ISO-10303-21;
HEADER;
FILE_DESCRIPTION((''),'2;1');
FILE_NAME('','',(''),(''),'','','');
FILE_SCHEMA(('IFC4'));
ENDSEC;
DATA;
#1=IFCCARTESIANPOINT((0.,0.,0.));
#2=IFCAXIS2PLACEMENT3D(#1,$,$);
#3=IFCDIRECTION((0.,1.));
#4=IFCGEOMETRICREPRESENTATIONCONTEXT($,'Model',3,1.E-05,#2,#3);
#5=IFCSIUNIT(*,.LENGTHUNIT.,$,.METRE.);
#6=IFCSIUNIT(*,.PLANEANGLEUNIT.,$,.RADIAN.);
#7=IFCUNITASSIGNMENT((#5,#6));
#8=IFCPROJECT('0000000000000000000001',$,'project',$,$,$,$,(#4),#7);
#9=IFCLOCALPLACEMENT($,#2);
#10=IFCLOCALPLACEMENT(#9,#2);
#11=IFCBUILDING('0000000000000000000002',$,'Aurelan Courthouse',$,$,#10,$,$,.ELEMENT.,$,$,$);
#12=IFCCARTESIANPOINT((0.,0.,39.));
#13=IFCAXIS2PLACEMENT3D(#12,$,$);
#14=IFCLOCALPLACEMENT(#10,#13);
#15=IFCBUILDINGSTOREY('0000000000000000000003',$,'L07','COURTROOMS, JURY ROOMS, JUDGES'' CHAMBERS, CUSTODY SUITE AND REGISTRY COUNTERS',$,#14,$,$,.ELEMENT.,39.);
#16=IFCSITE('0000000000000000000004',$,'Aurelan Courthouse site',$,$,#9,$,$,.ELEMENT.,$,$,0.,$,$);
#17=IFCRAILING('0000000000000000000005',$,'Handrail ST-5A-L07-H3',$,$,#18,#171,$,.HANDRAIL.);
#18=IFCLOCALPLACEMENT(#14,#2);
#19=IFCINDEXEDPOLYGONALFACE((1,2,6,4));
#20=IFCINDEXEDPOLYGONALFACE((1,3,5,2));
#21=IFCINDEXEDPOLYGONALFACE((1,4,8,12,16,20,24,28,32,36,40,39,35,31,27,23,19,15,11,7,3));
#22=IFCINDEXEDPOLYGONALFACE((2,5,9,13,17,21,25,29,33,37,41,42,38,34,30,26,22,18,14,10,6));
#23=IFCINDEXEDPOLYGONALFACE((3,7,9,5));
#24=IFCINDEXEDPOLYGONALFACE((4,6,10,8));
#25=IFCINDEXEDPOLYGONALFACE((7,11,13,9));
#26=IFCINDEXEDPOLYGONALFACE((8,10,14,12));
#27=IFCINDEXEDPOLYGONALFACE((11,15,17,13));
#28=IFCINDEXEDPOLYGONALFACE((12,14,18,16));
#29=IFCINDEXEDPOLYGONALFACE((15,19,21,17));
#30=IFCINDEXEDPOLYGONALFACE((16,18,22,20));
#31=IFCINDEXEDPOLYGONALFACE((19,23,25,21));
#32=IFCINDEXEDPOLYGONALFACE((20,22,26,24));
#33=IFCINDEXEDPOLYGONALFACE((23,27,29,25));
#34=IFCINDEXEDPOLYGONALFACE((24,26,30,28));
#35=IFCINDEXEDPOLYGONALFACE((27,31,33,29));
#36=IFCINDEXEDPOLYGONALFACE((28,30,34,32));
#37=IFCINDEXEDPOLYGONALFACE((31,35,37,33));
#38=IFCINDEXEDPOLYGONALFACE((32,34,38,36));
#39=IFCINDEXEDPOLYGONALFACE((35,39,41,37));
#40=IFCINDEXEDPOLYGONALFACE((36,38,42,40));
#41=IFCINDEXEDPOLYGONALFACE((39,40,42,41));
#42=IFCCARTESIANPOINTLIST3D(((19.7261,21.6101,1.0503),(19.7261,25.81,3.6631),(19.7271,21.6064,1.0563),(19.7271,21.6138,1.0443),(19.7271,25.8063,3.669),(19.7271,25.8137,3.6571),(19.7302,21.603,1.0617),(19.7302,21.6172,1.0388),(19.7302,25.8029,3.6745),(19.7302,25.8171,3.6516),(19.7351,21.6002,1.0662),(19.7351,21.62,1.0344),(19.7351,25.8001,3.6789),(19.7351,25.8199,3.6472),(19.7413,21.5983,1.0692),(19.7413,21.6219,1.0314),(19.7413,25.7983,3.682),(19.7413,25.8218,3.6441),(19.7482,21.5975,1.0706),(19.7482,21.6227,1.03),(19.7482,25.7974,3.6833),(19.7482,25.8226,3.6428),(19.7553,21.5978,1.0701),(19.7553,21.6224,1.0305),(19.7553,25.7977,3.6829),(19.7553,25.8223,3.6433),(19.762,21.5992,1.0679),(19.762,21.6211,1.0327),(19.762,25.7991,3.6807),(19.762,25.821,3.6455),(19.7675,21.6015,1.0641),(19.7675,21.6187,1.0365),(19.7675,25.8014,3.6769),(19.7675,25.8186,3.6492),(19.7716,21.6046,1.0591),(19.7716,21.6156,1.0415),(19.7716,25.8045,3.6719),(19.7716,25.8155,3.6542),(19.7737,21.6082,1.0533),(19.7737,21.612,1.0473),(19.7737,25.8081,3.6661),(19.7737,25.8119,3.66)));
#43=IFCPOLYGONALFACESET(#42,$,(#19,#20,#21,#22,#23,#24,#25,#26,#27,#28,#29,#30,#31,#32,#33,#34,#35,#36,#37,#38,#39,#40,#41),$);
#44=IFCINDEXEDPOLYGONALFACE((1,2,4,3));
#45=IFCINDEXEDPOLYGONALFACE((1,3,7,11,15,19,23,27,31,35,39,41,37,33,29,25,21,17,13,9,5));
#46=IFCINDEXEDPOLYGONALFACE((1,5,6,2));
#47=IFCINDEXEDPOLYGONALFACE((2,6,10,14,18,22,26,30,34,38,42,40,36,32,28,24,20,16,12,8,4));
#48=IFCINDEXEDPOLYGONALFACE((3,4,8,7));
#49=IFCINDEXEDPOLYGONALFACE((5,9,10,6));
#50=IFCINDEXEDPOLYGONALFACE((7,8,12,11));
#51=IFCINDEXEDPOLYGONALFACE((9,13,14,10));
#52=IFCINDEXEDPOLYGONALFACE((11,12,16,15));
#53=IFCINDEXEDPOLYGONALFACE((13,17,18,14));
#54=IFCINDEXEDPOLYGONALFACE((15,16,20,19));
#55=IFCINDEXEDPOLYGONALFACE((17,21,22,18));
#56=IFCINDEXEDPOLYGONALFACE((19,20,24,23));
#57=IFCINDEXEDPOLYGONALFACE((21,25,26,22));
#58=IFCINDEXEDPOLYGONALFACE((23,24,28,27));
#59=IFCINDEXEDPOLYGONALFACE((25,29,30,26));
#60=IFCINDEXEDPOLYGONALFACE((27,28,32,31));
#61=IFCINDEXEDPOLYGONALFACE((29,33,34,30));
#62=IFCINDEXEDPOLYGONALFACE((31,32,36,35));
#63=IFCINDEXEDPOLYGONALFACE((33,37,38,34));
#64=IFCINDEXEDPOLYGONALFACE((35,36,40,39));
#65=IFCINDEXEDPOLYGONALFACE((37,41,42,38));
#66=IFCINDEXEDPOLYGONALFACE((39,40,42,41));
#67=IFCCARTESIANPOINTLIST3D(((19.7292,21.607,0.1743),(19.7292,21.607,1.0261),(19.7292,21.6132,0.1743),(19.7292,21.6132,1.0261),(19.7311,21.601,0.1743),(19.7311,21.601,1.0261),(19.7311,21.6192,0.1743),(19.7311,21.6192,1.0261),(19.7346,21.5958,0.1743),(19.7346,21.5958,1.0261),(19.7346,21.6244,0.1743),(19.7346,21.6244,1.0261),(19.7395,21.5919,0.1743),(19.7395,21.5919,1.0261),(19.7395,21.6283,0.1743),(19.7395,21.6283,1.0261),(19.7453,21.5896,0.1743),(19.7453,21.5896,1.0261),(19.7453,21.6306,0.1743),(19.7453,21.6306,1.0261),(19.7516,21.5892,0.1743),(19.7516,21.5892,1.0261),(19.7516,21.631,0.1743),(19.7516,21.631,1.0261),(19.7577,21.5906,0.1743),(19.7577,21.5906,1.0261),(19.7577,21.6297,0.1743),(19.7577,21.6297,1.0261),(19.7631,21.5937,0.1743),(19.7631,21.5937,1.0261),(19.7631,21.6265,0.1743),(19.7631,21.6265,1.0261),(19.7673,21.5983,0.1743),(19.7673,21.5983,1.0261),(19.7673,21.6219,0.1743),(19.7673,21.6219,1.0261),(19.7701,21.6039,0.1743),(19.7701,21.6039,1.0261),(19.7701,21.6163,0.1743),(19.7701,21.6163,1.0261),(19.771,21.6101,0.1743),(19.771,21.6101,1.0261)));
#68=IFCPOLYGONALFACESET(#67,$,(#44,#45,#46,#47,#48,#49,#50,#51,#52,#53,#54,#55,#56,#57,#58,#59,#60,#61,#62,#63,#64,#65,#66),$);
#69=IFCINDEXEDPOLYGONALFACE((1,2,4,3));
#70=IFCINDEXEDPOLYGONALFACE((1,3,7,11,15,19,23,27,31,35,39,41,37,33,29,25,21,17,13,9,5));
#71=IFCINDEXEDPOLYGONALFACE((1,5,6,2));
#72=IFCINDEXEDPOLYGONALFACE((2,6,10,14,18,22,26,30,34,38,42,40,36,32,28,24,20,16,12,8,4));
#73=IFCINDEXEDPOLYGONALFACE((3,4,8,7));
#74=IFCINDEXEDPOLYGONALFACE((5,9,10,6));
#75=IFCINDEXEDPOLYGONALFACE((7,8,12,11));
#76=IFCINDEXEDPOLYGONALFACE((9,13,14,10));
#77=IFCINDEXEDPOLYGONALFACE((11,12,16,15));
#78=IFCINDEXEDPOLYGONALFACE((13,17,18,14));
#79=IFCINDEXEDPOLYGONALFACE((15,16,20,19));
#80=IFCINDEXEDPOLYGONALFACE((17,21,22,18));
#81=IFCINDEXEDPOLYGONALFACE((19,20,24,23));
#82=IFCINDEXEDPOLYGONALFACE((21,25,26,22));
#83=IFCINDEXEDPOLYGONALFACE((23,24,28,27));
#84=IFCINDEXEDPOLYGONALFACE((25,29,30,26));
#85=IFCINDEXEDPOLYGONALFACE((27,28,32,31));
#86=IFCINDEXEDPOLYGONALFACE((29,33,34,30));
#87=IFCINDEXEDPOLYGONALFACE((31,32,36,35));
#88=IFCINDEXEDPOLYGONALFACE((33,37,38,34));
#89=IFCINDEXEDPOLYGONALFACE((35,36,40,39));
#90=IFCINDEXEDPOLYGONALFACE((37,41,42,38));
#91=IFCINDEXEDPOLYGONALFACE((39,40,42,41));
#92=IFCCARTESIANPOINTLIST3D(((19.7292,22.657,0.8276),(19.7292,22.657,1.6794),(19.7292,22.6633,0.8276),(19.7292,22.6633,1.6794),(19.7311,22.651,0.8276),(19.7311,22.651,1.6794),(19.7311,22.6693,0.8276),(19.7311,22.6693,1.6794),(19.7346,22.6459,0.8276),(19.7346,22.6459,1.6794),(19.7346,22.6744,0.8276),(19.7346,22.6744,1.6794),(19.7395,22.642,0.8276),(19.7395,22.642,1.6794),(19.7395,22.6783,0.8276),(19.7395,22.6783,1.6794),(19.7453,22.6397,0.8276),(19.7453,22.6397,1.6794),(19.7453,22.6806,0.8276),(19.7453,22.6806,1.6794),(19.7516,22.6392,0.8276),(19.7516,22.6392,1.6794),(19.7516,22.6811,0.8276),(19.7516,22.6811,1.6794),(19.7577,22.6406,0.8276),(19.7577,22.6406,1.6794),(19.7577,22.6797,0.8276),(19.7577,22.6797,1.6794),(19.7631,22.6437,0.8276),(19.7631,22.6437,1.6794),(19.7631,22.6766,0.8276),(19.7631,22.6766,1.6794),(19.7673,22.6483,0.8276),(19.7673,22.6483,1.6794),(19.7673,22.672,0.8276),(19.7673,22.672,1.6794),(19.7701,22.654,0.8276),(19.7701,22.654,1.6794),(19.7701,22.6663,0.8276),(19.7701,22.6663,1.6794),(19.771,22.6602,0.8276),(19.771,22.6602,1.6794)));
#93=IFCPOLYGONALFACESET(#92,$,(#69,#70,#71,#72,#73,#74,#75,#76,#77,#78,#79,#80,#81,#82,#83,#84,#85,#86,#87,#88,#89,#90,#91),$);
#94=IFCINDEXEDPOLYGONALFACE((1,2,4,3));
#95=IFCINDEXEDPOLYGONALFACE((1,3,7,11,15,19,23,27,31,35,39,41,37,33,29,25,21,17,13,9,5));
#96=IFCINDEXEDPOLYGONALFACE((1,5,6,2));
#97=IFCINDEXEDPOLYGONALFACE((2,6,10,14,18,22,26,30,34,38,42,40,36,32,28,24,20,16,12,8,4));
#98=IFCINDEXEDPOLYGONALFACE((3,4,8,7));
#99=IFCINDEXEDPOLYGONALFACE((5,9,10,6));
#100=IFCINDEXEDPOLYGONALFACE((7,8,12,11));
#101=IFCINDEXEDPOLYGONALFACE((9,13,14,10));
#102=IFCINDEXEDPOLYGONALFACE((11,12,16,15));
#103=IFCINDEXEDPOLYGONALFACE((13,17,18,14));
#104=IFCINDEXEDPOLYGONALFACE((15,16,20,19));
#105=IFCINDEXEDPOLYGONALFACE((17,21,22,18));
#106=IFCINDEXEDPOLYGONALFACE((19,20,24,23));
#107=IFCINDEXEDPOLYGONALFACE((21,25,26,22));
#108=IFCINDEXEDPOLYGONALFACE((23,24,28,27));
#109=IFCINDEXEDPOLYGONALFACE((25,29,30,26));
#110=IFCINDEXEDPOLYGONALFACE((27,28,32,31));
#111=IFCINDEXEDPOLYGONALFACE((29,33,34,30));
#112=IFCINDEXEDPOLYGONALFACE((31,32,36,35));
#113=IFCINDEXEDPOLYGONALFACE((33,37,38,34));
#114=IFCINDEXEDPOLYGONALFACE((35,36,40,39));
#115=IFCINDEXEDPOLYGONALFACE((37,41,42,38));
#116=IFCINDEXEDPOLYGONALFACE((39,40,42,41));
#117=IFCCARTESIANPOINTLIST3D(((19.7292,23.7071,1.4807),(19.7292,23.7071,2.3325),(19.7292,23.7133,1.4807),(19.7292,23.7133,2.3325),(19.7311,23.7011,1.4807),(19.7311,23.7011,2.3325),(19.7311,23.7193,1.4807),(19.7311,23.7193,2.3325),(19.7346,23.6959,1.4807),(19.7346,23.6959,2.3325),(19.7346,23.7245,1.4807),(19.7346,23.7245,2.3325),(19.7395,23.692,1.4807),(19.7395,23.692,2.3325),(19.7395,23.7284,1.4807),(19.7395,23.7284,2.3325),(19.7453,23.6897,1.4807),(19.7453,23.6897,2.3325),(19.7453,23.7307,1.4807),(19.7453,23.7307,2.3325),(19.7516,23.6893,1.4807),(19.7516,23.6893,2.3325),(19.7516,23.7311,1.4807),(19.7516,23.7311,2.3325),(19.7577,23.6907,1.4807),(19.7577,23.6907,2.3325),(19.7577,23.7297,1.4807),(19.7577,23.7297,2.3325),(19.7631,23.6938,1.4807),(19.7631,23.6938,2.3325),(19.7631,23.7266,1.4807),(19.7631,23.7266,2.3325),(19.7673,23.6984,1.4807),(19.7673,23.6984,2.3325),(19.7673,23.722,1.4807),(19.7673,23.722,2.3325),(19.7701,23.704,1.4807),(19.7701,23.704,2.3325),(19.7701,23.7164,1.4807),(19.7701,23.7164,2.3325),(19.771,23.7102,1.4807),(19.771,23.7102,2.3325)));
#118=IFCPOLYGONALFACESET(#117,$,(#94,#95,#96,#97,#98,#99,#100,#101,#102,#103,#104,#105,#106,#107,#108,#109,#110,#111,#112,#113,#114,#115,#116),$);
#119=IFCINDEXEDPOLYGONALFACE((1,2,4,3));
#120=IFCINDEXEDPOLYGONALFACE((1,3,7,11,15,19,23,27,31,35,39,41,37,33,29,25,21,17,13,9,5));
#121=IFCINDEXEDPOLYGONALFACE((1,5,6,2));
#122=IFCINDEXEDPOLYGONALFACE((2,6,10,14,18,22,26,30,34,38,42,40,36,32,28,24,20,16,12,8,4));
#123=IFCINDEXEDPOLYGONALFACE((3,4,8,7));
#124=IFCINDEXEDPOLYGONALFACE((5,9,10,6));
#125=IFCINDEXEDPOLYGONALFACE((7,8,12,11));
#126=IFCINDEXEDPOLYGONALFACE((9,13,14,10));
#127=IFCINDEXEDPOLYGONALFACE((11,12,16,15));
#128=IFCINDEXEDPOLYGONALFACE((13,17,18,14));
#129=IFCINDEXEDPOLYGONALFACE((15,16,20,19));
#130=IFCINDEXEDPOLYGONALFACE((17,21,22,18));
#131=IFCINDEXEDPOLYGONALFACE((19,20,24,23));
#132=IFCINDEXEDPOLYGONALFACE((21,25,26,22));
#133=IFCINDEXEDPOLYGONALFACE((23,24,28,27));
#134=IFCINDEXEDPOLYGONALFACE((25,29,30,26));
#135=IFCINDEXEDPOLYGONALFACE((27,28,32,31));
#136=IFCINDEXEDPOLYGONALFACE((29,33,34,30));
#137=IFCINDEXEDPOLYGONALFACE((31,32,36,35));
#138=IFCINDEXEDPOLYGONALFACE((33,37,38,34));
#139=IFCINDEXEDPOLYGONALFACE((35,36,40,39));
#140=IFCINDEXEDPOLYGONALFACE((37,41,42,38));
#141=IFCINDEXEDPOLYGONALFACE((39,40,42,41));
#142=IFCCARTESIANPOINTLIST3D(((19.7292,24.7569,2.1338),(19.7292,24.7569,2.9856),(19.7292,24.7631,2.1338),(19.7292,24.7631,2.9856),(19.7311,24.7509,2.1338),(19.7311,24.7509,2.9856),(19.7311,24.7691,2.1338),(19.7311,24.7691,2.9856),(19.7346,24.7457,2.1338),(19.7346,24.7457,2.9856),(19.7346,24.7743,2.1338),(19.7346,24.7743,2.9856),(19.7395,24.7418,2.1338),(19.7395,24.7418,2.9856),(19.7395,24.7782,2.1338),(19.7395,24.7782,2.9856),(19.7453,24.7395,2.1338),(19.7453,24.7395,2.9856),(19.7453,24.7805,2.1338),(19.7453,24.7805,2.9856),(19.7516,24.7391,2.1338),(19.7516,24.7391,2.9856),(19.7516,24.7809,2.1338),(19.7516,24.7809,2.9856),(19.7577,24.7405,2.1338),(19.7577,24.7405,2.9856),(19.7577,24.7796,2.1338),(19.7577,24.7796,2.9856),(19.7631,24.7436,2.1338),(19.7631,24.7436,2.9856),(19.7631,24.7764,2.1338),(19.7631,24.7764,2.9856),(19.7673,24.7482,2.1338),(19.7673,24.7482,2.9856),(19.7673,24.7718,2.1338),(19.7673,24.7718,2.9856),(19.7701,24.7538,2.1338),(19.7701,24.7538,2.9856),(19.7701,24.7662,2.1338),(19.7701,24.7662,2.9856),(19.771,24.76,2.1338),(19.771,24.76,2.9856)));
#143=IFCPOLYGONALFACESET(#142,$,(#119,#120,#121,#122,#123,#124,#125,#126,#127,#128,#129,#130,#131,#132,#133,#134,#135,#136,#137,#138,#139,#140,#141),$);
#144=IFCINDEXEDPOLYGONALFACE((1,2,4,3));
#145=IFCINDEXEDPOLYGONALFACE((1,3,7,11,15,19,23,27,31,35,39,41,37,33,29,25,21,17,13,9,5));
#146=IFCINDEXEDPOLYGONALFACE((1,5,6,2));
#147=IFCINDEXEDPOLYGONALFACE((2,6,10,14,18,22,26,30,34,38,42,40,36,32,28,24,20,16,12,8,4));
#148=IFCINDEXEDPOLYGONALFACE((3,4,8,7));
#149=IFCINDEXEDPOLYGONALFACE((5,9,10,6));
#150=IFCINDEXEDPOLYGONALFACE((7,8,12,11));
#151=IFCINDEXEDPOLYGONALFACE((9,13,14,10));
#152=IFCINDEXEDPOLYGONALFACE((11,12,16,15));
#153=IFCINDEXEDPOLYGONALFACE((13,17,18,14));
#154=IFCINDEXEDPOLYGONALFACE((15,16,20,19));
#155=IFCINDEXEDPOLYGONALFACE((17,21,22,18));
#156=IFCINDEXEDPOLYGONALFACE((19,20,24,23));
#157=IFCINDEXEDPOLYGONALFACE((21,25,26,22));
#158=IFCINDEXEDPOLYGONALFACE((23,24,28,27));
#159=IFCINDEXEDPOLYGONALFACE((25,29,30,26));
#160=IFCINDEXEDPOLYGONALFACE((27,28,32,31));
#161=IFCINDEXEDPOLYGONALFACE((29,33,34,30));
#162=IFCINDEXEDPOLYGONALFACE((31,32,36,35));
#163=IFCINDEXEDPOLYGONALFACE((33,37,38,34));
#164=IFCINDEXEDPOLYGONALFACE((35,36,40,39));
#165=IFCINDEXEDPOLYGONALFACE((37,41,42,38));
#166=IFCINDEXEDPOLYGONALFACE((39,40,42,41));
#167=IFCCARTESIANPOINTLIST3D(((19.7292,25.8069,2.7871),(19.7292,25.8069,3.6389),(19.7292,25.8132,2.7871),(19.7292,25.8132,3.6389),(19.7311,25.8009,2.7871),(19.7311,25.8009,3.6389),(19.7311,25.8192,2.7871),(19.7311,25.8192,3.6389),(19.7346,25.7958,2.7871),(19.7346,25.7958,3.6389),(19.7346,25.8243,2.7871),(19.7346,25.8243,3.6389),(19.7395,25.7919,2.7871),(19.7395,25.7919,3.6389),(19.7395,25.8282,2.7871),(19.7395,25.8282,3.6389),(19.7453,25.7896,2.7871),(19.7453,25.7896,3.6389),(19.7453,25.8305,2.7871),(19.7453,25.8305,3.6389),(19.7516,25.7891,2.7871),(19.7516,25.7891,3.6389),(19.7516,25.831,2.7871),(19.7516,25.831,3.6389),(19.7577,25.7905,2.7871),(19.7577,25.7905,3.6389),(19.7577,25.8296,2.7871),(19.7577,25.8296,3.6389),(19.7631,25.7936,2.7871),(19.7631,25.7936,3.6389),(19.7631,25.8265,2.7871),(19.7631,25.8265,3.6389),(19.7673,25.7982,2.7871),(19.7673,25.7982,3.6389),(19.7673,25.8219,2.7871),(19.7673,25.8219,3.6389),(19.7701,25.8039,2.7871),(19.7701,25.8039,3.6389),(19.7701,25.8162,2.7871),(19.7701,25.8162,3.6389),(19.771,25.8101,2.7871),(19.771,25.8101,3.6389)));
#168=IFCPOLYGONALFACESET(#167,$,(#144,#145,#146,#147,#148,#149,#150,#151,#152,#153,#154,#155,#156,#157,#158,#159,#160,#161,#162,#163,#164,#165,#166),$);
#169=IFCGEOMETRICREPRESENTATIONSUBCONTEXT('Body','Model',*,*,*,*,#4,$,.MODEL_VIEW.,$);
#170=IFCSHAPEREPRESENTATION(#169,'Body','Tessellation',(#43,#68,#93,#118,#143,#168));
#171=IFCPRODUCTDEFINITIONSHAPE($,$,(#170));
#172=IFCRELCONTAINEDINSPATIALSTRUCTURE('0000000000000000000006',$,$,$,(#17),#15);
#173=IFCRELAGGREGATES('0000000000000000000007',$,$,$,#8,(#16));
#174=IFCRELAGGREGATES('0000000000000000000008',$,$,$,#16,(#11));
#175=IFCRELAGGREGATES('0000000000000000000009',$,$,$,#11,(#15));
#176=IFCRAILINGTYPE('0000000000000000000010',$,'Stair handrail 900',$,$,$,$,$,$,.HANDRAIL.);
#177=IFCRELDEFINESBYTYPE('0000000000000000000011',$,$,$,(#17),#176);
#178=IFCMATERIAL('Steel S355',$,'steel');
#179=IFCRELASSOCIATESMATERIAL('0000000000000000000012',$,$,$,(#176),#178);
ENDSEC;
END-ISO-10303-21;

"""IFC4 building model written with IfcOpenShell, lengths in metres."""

from ifc_helpers import new_model, si_unit, direction, frame, origin, origin_2d, place, context, subcontext, project, spatial, circle, extrude, material, type_object, element, save


model = new_model("IFC4")

# Units and contexts
model_context = context("Model", 3, precision=1e-05, world=origin(), true_north=direction((0.0, 1.0)))
body_context = subcontext(model_context, "Body", "Model", "MODEL_VIEW")
ifc_project = project(units=[si_unit("LENGTHUNIT", "METRE"), si_unit("PLANEANGLEUNIT", "RADIAN")], contexts=[model_context])

# Site, building, storey
site_placement = place(None, origin())
site = spatial("IfcSite", under=ifc_project, at=site_placement, Name="Aurelan Courthouse site", CompositionType="ELEMENT", RefElevation=0.0)
building_placement = place(site_placement, origin())
building = spatial("IfcBuilding", under=site, at=building_placement, Name="Aurelan Courthouse", CompositionType="ELEMENT")
storey_placement = place(building_placement, frame((0.0, 0.0, 39.0)))
storey = spatial("IfcBuildingStorey", under=building, at=storey_placement, Name="L07", Description="COURTROOMS, JURY ROOMS, JUDGES' CHAMBERS, CUSTODY SUITE AND REGISTRY COUNTERS", CompositionType="ELEMENT", Elevation=39.0)

# Railing
ifc_material_1 = material(Name="Steel S355", Category="steel")
railing_type_1 = type_object("IfcRailingType", Name="Stair handrail 900", PredefinedType="HANDRAIL", material=ifc_material_1)
for number, where, name in (
    (1, (19.75, 21.6101, 0.1743), "Handrail ST-5A-L07-H3"),
):
    element("IfcRailing", number, at=place(storey_placement, frame(where)), inside=storey, type_object=railing_type_1, Name=name, PredefinedType="HANDRAIL", context=body_context, shape_type="SweptSolid", body=[
        extrude(circle(Radius=0.0239, at=origin_2d()), frame((0.0, 0.0, 0.876), z_axis=(0.0, 0.849103, 0.528228), x_axis=(-1.0, 0.0, 0.0)), (0.0, 0.0, 1.0), 4.9463),
        extrude(circle(Radius=0.021, at=origin_2d()), origin(), (0.0, 0.0, 1.0), 0.8518),
        extrude(circle(Radius=0.021, at=origin_2d()), frame((0.0, 1.05, 0.6533)), (0.0, 0.0, 1.0), 0.8518),
        extrude(circle(Radius=0.021, at=origin_2d()), frame((0.0, 2.1001, 1.3064)), (0.0, 0.0, 1.0), 0.8518),
        extrude(circle(Radius=0.021, at=origin_2d()), frame((0.0, 3.1499, 1.9595)), (0.0, 0.0, 1.0), 0.8518),
        extrude(circle(Radius=0.021, at=origin_2d()), frame((0.0, 4.2, 2.6128)), (0.0, 0.0, 1.0), 0.8518),
    ])

save(model, "model.ifc")
